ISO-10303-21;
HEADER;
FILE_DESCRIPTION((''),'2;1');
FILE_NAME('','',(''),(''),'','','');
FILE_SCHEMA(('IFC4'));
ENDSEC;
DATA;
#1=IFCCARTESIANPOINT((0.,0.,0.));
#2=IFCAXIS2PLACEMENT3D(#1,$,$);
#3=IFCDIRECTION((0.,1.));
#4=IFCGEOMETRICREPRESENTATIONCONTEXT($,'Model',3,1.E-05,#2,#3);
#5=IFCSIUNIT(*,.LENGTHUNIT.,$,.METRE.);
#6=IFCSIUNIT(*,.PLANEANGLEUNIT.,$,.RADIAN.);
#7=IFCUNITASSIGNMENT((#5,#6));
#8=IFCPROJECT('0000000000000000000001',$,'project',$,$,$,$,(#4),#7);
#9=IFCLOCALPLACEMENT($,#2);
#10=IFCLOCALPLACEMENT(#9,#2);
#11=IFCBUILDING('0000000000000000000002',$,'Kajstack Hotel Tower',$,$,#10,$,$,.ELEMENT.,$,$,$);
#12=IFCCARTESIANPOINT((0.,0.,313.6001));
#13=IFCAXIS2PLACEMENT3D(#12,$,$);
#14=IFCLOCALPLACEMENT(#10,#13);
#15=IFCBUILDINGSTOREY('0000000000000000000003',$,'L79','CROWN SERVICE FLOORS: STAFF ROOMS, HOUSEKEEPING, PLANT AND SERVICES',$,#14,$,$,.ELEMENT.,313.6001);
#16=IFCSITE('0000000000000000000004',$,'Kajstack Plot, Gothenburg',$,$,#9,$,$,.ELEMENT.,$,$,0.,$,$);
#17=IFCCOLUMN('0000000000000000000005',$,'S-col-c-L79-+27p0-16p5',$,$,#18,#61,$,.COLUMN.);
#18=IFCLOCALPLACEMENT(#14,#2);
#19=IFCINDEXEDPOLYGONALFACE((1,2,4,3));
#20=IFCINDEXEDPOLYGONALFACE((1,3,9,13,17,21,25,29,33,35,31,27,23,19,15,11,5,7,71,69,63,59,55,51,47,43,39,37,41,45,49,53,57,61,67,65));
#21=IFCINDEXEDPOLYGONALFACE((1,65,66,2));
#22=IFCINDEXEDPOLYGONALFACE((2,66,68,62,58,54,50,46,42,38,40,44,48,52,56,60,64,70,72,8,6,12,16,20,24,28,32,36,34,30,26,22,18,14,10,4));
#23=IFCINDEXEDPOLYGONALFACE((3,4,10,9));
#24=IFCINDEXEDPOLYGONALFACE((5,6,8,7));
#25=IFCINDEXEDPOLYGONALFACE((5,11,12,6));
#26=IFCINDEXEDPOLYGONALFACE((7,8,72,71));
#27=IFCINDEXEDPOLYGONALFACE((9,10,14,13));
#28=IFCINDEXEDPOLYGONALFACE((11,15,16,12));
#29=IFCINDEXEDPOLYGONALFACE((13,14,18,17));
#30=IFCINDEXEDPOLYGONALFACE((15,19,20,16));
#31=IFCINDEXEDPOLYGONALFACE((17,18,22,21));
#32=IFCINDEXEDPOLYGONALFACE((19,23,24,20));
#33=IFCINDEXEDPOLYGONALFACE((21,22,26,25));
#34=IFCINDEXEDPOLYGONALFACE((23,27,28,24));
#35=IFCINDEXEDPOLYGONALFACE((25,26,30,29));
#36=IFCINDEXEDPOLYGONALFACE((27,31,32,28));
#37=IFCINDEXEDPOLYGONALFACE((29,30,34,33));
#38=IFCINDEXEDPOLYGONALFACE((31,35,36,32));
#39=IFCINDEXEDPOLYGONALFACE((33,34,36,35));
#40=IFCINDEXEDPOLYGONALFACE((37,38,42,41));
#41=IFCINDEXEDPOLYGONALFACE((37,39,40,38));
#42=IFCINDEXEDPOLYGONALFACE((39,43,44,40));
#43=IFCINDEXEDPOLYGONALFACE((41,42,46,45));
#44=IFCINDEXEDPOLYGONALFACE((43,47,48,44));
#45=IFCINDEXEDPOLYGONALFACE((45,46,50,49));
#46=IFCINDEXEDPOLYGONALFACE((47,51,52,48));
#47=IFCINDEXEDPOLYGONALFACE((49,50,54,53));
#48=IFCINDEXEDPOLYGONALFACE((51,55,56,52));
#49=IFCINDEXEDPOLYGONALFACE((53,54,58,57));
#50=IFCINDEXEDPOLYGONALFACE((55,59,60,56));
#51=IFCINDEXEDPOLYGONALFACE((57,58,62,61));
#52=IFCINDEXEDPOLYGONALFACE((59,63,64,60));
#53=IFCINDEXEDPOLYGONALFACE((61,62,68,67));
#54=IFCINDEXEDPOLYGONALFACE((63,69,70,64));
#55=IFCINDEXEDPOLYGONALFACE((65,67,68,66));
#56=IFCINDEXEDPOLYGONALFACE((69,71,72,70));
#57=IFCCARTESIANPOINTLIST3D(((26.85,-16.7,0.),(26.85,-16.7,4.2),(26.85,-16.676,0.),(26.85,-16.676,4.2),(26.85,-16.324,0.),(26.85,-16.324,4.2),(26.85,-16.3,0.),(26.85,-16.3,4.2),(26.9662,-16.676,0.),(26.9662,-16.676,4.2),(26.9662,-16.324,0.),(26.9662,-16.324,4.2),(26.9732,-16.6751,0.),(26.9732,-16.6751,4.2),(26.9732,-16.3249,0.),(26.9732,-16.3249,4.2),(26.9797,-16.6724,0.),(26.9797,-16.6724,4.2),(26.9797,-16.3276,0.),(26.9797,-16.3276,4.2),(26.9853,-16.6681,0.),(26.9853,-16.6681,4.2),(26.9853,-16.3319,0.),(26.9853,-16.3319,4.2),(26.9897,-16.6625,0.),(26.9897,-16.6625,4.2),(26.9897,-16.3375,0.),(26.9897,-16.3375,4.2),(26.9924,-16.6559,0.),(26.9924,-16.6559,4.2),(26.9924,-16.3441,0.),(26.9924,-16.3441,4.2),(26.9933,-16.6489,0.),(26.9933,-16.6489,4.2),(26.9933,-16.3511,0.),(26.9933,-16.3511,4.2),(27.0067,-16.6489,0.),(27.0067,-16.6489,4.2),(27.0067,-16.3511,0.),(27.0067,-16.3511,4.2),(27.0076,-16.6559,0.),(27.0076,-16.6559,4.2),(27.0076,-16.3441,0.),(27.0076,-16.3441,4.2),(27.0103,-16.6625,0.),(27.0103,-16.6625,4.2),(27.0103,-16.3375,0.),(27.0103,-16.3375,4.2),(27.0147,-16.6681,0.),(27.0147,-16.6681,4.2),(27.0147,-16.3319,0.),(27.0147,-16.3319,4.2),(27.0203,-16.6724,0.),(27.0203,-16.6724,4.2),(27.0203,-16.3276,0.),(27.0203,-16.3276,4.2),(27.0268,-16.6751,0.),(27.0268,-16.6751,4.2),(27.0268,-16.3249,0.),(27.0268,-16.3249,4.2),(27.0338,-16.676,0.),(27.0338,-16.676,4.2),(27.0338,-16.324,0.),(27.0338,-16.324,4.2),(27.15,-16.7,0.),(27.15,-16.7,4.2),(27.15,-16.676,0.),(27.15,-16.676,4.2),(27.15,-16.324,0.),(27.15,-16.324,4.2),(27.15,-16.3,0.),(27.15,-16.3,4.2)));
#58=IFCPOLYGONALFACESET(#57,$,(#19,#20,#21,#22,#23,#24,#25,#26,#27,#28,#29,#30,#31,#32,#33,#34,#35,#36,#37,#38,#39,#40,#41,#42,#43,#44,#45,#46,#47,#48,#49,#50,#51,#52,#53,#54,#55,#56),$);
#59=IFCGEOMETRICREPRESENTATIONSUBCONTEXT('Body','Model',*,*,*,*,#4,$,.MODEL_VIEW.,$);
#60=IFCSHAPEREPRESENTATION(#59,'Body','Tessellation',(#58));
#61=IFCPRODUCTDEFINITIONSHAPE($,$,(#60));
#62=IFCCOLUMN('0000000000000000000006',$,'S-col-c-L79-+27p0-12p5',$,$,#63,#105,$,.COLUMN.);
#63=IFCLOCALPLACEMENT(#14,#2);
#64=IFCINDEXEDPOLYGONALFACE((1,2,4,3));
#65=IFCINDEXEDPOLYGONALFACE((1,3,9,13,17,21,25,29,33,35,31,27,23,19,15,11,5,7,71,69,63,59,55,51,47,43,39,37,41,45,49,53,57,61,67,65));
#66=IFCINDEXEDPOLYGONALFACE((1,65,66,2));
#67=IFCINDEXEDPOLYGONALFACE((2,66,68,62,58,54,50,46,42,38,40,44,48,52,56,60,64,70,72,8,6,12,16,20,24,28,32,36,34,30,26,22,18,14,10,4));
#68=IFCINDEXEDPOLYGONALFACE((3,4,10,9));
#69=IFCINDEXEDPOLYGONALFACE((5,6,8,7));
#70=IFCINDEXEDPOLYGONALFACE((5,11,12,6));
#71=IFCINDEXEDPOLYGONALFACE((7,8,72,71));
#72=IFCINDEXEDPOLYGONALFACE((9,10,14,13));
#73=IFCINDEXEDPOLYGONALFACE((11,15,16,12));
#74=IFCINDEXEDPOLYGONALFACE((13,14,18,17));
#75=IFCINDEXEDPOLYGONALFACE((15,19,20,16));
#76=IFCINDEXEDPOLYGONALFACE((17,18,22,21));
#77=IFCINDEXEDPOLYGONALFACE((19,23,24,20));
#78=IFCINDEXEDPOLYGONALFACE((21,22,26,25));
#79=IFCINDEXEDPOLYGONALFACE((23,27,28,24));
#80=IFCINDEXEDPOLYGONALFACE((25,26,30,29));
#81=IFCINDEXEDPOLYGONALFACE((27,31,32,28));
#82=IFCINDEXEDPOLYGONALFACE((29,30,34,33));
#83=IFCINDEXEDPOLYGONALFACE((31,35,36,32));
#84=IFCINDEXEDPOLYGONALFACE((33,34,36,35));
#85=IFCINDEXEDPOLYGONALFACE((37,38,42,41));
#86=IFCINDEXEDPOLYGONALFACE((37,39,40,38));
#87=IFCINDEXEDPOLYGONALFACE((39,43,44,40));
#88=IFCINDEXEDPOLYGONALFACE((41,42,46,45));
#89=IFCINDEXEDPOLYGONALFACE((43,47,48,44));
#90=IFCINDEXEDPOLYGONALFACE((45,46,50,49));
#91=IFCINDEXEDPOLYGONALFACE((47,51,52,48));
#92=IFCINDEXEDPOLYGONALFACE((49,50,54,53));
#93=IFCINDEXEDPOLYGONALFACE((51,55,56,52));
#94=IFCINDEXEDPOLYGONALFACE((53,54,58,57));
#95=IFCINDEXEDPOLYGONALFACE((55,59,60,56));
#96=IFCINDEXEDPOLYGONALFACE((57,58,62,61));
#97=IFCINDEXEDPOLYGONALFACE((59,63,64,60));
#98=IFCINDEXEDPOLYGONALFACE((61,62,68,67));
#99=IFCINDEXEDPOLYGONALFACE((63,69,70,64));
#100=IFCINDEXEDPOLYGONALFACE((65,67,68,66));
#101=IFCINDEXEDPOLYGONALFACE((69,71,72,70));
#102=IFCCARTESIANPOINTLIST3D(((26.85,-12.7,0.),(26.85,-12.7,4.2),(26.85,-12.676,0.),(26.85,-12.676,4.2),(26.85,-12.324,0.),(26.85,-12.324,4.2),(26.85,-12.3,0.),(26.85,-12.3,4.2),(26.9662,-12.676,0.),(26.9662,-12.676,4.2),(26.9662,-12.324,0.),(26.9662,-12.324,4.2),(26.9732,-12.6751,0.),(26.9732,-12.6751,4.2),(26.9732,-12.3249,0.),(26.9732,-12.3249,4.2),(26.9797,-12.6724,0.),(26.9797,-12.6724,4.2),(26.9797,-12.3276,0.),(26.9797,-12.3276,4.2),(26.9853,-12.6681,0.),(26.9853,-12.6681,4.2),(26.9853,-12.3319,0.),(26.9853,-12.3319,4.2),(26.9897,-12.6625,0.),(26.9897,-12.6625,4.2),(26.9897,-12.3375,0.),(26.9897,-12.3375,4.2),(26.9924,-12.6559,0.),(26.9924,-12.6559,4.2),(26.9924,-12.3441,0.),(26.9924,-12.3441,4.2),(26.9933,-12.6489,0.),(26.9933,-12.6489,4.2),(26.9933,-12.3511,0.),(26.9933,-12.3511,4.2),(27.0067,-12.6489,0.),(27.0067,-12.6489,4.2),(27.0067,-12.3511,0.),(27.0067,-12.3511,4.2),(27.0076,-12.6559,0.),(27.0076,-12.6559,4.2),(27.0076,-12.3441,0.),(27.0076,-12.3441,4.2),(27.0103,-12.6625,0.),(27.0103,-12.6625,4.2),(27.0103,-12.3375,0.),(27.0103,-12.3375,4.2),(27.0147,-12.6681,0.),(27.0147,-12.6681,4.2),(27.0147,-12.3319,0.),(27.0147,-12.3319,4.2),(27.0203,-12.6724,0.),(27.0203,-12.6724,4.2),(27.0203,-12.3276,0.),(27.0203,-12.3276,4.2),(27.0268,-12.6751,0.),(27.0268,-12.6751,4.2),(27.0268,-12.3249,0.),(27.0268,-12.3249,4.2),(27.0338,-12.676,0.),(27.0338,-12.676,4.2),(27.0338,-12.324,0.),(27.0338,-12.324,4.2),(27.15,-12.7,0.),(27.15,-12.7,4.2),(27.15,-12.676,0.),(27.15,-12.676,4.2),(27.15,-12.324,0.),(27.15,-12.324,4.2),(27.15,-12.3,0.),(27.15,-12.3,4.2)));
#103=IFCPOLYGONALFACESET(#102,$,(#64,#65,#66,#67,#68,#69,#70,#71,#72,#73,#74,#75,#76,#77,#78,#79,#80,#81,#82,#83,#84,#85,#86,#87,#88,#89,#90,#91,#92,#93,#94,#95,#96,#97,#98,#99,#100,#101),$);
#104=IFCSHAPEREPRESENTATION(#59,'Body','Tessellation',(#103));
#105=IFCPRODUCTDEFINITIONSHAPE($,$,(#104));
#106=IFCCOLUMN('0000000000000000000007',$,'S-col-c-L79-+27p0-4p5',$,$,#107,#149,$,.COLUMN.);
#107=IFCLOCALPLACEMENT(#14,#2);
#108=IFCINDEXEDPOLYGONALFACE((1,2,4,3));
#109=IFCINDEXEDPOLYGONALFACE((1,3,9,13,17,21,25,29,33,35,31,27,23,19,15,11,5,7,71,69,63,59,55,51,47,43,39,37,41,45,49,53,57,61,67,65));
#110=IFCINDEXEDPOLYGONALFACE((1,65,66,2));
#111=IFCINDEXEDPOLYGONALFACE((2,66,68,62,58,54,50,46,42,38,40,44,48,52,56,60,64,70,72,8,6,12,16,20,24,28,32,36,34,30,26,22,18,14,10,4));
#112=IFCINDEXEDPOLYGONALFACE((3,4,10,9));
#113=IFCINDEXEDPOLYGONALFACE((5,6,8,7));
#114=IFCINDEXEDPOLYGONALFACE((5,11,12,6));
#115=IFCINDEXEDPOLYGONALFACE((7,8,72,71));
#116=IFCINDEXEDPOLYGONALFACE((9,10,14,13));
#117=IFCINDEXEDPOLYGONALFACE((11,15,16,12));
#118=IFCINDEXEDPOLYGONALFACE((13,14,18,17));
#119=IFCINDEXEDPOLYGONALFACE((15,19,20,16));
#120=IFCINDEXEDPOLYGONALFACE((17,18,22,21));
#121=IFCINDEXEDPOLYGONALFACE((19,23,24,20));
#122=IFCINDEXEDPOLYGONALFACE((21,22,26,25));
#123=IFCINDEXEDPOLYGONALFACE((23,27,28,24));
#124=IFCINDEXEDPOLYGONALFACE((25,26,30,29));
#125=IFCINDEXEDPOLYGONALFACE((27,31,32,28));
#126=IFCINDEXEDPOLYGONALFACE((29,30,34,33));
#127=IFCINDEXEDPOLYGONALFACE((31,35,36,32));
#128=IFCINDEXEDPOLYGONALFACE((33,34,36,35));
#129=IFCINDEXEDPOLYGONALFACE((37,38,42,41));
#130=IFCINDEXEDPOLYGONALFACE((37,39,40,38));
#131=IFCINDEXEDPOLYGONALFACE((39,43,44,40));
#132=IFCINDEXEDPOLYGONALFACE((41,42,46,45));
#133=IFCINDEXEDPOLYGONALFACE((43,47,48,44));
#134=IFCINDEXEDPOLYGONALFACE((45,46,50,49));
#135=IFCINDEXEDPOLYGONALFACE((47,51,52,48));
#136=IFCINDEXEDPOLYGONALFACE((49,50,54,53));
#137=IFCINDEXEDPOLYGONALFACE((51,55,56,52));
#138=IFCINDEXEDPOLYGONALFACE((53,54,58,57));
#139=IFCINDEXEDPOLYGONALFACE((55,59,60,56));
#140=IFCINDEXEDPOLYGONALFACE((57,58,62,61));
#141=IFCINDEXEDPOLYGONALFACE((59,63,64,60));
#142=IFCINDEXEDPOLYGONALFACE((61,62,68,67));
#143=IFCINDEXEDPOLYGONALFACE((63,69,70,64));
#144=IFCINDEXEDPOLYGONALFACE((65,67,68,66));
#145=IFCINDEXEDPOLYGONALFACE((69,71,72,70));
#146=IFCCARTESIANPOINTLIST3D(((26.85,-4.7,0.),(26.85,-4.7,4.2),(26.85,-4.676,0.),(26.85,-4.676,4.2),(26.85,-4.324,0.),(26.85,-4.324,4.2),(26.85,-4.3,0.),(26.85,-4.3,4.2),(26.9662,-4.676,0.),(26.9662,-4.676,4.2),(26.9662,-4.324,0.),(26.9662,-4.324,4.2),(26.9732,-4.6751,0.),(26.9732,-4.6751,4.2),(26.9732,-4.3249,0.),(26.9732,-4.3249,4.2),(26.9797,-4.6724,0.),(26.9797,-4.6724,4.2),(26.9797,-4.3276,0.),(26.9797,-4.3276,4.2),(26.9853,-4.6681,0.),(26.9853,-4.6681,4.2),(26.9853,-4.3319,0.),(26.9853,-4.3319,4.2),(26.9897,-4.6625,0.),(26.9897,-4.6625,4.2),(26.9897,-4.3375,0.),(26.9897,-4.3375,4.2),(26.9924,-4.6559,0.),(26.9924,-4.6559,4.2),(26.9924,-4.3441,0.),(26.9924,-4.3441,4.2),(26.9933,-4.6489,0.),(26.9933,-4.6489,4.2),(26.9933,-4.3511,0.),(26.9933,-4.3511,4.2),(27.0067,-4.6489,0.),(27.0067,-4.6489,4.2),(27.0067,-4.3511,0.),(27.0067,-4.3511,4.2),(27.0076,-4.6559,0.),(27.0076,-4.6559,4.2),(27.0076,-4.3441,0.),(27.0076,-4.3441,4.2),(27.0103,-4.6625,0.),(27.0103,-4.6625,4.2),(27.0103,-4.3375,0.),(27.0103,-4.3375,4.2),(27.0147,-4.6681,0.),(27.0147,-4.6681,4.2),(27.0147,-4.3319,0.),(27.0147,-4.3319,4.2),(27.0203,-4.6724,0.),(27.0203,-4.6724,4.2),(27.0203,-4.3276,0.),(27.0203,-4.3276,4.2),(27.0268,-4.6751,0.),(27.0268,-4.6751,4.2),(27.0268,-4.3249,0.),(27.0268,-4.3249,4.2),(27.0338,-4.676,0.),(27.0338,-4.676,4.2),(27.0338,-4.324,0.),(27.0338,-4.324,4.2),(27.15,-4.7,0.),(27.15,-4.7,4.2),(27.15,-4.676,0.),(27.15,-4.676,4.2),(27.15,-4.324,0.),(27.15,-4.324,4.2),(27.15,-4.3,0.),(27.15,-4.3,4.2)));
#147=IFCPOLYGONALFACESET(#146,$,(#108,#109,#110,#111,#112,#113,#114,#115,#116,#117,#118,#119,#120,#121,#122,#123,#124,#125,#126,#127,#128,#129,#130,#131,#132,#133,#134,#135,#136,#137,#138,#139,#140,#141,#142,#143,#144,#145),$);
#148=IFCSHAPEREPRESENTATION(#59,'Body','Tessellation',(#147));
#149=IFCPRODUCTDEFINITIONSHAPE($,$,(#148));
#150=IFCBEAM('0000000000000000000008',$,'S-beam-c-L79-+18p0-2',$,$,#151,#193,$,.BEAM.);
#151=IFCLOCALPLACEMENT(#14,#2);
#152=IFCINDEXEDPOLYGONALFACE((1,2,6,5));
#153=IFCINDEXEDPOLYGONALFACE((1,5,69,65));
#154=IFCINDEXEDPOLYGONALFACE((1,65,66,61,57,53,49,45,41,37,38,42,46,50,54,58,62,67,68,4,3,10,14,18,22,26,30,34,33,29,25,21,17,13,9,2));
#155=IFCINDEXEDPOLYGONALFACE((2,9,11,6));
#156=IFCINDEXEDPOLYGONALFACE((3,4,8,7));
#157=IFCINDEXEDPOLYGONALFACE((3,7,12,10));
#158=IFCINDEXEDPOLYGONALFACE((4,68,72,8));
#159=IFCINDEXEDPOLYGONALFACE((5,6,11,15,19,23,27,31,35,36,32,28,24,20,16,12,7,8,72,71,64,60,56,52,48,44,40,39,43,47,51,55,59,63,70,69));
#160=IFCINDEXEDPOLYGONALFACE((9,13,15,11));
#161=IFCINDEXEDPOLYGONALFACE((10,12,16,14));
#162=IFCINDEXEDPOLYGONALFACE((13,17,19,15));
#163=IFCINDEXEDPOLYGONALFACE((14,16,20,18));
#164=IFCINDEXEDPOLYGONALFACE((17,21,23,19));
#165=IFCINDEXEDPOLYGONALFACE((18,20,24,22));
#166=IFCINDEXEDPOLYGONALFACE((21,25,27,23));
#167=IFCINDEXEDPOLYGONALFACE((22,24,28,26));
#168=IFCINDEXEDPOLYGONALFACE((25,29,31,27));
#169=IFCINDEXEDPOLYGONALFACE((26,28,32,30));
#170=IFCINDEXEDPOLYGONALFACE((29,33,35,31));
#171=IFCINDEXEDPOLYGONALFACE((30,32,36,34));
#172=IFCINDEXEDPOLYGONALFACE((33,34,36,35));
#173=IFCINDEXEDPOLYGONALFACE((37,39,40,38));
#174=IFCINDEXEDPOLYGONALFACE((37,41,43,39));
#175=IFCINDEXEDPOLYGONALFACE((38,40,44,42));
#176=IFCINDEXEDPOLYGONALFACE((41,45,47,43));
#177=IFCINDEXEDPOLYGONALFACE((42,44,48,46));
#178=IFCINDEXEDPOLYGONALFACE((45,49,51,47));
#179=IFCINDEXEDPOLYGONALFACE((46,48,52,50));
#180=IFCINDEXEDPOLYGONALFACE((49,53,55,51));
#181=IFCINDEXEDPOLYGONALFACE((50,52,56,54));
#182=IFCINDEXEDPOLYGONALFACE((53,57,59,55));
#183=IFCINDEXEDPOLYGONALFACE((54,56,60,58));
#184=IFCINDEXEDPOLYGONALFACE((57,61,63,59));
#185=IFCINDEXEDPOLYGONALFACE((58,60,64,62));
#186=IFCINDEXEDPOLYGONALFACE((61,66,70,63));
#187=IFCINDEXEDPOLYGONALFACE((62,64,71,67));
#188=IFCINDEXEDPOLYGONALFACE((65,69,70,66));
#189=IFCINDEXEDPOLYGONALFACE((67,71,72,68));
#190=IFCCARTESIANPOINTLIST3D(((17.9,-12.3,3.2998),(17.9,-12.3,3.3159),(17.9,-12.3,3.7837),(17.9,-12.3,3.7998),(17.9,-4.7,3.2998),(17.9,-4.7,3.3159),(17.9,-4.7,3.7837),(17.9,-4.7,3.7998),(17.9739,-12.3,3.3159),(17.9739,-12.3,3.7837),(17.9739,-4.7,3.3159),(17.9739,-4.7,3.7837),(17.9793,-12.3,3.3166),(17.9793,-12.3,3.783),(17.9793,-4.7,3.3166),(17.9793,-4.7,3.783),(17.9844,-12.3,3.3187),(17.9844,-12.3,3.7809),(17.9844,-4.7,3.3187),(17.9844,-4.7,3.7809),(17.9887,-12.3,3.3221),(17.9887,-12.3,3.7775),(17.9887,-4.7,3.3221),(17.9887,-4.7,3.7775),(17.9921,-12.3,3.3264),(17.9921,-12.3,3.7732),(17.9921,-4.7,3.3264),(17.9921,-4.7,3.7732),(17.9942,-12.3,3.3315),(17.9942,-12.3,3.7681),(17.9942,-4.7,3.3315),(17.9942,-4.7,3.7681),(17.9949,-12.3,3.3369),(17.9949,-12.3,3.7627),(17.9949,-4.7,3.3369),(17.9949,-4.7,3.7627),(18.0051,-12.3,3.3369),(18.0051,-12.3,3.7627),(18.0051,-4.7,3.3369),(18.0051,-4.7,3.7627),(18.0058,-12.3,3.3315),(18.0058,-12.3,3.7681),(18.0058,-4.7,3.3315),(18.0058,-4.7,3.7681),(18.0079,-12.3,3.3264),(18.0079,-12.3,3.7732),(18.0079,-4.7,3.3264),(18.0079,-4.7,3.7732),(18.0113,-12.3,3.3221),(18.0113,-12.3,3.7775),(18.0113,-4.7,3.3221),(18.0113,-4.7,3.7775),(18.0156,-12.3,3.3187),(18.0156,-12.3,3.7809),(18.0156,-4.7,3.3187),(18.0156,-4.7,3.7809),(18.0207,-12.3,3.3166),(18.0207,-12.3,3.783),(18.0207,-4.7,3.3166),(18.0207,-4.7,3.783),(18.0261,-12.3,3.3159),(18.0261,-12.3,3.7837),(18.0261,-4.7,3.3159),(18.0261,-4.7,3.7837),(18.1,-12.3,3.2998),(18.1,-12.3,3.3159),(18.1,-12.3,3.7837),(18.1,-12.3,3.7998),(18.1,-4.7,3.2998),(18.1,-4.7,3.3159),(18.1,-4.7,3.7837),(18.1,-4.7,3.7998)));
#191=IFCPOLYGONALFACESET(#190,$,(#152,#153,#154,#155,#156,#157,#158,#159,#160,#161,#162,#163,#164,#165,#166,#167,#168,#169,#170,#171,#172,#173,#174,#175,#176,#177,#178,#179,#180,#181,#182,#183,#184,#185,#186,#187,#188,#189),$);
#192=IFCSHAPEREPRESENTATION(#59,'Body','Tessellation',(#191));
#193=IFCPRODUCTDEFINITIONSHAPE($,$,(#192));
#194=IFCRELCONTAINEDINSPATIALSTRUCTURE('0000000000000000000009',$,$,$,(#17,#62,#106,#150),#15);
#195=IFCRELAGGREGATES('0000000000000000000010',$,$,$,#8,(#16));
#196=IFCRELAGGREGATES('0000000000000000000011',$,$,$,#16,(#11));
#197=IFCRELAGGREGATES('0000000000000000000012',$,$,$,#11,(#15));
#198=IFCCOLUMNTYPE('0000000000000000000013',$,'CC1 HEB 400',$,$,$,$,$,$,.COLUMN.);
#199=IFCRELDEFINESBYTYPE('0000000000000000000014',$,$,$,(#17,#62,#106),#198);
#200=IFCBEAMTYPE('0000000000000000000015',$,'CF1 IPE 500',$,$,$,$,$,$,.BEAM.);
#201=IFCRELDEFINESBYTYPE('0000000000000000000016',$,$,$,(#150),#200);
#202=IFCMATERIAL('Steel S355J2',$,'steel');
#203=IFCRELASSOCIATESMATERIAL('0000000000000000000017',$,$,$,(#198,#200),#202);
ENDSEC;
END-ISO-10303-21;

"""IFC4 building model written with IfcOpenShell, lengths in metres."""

from ifc_helpers import new_model, si_unit, direction, frame, origin, origin_2d, place, context, subcontext, project, spatial, i_section, extrude, material, material_profile, profile_set, type_object, element, save


model = new_model("IFC4")

# Units and contexts
model_context = context("Model", 3, precision=1e-05, world=origin(), true_north=direction((0.0, 1.0)))
body_context = subcontext(model_context, "Body", "Model", "MODEL_VIEW")
ifc_project = project(units=[si_unit("LENGTHUNIT", "METRE"), si_unit("PLANEANGLEUNIT", "RADIAN")], contexts=[model_context])

# Site, building, storey
site_placement = place(None, origin())
site = spatial("IfcSite", under=ifc_project, at=site_placement, Name="Kajstack Plot, Gothenburg", CompositionType="ELEMENT", RefElevation=0.0)
building_placement = place(site_placement, origin())
building = spatial("IfcBuilding", under=site, at=building_placement, Name="Kajstack Hotel Tower", CompositionType="ELEMENT")
storey_placement = place(building_placement, frame((0.0, 0.0, 313.6001)))
storey = spatial("IfcBuildingStorey", under=building, at=storey_placement, Name="L79", Description="CROWN SERVICE FLOORS: STAFF ROOMS, HOUSEKEEPING, PLANT AND SERVICES", CompositionType="ELEMENT", Elevation=313.6001)

# Columns
ifc_material_1 = material(Name="Steel S355J2", Category="steel")
ifc_material_profile_1 = material_profile(ifc_material_1, i_section(OverallWidth=0.3, OverallDepth=0.3999, WebThickness=0.0134, FlangeThickness=0.0239, FilletRadius=0.0271, at=origin_2d()), Name="HEB 400")
ifc_profile_set_1 = profile_set([ifc_material_profile_1], Name="Steel S355J2")
column_type = type_object("IfcColumnType", Name="CC1 HEB 400", PredefinedType="COLUMN", material=ifc_profile_set_1)
for number, where, z_axis, x_axis, name in (
    (1, (27.0, -16.5, 0.0), (0.0, 0.0, 1.0), (1.0, 0.0, 0.0), "S-col-c-L79-+27p0-16p5"),
    (2, (27.0, -12.5, 0.0), (0.0, 0.0, 1.0), (1.0, 0.0, 0.0), "S-col-c-L79-+27p0-12p5"),
    (3, (27.0, -4.5, 0.0), (0.0, 0.0, 1.0), (1.0, 0.0, 0.0), "S-col-c-L79-+27p0-4p5"),
):
    element("IfcColumn", number, at=place(storey_placement, frame(where, z_axis=z_axis, x_axis=x_axis)), inside=storey, type_object=column_type, Name=name, PredefinedType="COLUMN", context=body_context, shape_type="SweptSolid", body=[
        extrude(i_section(OverallWidth=0.3, OverallDepth=0.3999, WebThickness=0.0134, FlangeThickness=0.0239, FilletRadius=0.0271, at=origin_2d()), origin(), (0.0, 0.0, 1.0), 4.2),
    ])

# Beam
ifc_material_profile_2 = material_profile(ifc_material_1, i_section(OverallWidth=0.2, OverallDepth=0.5, WebThickness=0.0103, FlangeThickness=0.0161, FilletRadius=0.021, at=origin_2d()), Name="IPE 500")
ifc_profile_set_2 = profile_set([ifc_material_profile_2], Name="Steel S355J2")
beam_type = type_object("IfcBeamType", Name="CF1 IPE 500", PredefinedType="BEAM", material=ifc_profile_set_2)
beam_1_placement = place(storey_placement, frame((18.0, -12.3, 3.5498), z_axis=(0.0, 1.0, 0.0), x_axis=(-1.0, 0.0, 0.0)))
element("IfcBeam", 4, at=beam_1_placement, inside=storey, type_object=beam_type, Name="S-beam-c-L79-+18p0-2", PredefinedType="BEAM", context=body_context, shape_type="SweptSolid", body=[
    extrude(i_section(OverallWidth=0.2, OverallDepth=0.5, WebThickness=0.0103, FlangeThickness=0.0161, FilletRadius=0.021, at=origin_2d()), origin(), (0.0, 0.0, 1.0), 7.6001),
])

save(model, "model.ifc")
